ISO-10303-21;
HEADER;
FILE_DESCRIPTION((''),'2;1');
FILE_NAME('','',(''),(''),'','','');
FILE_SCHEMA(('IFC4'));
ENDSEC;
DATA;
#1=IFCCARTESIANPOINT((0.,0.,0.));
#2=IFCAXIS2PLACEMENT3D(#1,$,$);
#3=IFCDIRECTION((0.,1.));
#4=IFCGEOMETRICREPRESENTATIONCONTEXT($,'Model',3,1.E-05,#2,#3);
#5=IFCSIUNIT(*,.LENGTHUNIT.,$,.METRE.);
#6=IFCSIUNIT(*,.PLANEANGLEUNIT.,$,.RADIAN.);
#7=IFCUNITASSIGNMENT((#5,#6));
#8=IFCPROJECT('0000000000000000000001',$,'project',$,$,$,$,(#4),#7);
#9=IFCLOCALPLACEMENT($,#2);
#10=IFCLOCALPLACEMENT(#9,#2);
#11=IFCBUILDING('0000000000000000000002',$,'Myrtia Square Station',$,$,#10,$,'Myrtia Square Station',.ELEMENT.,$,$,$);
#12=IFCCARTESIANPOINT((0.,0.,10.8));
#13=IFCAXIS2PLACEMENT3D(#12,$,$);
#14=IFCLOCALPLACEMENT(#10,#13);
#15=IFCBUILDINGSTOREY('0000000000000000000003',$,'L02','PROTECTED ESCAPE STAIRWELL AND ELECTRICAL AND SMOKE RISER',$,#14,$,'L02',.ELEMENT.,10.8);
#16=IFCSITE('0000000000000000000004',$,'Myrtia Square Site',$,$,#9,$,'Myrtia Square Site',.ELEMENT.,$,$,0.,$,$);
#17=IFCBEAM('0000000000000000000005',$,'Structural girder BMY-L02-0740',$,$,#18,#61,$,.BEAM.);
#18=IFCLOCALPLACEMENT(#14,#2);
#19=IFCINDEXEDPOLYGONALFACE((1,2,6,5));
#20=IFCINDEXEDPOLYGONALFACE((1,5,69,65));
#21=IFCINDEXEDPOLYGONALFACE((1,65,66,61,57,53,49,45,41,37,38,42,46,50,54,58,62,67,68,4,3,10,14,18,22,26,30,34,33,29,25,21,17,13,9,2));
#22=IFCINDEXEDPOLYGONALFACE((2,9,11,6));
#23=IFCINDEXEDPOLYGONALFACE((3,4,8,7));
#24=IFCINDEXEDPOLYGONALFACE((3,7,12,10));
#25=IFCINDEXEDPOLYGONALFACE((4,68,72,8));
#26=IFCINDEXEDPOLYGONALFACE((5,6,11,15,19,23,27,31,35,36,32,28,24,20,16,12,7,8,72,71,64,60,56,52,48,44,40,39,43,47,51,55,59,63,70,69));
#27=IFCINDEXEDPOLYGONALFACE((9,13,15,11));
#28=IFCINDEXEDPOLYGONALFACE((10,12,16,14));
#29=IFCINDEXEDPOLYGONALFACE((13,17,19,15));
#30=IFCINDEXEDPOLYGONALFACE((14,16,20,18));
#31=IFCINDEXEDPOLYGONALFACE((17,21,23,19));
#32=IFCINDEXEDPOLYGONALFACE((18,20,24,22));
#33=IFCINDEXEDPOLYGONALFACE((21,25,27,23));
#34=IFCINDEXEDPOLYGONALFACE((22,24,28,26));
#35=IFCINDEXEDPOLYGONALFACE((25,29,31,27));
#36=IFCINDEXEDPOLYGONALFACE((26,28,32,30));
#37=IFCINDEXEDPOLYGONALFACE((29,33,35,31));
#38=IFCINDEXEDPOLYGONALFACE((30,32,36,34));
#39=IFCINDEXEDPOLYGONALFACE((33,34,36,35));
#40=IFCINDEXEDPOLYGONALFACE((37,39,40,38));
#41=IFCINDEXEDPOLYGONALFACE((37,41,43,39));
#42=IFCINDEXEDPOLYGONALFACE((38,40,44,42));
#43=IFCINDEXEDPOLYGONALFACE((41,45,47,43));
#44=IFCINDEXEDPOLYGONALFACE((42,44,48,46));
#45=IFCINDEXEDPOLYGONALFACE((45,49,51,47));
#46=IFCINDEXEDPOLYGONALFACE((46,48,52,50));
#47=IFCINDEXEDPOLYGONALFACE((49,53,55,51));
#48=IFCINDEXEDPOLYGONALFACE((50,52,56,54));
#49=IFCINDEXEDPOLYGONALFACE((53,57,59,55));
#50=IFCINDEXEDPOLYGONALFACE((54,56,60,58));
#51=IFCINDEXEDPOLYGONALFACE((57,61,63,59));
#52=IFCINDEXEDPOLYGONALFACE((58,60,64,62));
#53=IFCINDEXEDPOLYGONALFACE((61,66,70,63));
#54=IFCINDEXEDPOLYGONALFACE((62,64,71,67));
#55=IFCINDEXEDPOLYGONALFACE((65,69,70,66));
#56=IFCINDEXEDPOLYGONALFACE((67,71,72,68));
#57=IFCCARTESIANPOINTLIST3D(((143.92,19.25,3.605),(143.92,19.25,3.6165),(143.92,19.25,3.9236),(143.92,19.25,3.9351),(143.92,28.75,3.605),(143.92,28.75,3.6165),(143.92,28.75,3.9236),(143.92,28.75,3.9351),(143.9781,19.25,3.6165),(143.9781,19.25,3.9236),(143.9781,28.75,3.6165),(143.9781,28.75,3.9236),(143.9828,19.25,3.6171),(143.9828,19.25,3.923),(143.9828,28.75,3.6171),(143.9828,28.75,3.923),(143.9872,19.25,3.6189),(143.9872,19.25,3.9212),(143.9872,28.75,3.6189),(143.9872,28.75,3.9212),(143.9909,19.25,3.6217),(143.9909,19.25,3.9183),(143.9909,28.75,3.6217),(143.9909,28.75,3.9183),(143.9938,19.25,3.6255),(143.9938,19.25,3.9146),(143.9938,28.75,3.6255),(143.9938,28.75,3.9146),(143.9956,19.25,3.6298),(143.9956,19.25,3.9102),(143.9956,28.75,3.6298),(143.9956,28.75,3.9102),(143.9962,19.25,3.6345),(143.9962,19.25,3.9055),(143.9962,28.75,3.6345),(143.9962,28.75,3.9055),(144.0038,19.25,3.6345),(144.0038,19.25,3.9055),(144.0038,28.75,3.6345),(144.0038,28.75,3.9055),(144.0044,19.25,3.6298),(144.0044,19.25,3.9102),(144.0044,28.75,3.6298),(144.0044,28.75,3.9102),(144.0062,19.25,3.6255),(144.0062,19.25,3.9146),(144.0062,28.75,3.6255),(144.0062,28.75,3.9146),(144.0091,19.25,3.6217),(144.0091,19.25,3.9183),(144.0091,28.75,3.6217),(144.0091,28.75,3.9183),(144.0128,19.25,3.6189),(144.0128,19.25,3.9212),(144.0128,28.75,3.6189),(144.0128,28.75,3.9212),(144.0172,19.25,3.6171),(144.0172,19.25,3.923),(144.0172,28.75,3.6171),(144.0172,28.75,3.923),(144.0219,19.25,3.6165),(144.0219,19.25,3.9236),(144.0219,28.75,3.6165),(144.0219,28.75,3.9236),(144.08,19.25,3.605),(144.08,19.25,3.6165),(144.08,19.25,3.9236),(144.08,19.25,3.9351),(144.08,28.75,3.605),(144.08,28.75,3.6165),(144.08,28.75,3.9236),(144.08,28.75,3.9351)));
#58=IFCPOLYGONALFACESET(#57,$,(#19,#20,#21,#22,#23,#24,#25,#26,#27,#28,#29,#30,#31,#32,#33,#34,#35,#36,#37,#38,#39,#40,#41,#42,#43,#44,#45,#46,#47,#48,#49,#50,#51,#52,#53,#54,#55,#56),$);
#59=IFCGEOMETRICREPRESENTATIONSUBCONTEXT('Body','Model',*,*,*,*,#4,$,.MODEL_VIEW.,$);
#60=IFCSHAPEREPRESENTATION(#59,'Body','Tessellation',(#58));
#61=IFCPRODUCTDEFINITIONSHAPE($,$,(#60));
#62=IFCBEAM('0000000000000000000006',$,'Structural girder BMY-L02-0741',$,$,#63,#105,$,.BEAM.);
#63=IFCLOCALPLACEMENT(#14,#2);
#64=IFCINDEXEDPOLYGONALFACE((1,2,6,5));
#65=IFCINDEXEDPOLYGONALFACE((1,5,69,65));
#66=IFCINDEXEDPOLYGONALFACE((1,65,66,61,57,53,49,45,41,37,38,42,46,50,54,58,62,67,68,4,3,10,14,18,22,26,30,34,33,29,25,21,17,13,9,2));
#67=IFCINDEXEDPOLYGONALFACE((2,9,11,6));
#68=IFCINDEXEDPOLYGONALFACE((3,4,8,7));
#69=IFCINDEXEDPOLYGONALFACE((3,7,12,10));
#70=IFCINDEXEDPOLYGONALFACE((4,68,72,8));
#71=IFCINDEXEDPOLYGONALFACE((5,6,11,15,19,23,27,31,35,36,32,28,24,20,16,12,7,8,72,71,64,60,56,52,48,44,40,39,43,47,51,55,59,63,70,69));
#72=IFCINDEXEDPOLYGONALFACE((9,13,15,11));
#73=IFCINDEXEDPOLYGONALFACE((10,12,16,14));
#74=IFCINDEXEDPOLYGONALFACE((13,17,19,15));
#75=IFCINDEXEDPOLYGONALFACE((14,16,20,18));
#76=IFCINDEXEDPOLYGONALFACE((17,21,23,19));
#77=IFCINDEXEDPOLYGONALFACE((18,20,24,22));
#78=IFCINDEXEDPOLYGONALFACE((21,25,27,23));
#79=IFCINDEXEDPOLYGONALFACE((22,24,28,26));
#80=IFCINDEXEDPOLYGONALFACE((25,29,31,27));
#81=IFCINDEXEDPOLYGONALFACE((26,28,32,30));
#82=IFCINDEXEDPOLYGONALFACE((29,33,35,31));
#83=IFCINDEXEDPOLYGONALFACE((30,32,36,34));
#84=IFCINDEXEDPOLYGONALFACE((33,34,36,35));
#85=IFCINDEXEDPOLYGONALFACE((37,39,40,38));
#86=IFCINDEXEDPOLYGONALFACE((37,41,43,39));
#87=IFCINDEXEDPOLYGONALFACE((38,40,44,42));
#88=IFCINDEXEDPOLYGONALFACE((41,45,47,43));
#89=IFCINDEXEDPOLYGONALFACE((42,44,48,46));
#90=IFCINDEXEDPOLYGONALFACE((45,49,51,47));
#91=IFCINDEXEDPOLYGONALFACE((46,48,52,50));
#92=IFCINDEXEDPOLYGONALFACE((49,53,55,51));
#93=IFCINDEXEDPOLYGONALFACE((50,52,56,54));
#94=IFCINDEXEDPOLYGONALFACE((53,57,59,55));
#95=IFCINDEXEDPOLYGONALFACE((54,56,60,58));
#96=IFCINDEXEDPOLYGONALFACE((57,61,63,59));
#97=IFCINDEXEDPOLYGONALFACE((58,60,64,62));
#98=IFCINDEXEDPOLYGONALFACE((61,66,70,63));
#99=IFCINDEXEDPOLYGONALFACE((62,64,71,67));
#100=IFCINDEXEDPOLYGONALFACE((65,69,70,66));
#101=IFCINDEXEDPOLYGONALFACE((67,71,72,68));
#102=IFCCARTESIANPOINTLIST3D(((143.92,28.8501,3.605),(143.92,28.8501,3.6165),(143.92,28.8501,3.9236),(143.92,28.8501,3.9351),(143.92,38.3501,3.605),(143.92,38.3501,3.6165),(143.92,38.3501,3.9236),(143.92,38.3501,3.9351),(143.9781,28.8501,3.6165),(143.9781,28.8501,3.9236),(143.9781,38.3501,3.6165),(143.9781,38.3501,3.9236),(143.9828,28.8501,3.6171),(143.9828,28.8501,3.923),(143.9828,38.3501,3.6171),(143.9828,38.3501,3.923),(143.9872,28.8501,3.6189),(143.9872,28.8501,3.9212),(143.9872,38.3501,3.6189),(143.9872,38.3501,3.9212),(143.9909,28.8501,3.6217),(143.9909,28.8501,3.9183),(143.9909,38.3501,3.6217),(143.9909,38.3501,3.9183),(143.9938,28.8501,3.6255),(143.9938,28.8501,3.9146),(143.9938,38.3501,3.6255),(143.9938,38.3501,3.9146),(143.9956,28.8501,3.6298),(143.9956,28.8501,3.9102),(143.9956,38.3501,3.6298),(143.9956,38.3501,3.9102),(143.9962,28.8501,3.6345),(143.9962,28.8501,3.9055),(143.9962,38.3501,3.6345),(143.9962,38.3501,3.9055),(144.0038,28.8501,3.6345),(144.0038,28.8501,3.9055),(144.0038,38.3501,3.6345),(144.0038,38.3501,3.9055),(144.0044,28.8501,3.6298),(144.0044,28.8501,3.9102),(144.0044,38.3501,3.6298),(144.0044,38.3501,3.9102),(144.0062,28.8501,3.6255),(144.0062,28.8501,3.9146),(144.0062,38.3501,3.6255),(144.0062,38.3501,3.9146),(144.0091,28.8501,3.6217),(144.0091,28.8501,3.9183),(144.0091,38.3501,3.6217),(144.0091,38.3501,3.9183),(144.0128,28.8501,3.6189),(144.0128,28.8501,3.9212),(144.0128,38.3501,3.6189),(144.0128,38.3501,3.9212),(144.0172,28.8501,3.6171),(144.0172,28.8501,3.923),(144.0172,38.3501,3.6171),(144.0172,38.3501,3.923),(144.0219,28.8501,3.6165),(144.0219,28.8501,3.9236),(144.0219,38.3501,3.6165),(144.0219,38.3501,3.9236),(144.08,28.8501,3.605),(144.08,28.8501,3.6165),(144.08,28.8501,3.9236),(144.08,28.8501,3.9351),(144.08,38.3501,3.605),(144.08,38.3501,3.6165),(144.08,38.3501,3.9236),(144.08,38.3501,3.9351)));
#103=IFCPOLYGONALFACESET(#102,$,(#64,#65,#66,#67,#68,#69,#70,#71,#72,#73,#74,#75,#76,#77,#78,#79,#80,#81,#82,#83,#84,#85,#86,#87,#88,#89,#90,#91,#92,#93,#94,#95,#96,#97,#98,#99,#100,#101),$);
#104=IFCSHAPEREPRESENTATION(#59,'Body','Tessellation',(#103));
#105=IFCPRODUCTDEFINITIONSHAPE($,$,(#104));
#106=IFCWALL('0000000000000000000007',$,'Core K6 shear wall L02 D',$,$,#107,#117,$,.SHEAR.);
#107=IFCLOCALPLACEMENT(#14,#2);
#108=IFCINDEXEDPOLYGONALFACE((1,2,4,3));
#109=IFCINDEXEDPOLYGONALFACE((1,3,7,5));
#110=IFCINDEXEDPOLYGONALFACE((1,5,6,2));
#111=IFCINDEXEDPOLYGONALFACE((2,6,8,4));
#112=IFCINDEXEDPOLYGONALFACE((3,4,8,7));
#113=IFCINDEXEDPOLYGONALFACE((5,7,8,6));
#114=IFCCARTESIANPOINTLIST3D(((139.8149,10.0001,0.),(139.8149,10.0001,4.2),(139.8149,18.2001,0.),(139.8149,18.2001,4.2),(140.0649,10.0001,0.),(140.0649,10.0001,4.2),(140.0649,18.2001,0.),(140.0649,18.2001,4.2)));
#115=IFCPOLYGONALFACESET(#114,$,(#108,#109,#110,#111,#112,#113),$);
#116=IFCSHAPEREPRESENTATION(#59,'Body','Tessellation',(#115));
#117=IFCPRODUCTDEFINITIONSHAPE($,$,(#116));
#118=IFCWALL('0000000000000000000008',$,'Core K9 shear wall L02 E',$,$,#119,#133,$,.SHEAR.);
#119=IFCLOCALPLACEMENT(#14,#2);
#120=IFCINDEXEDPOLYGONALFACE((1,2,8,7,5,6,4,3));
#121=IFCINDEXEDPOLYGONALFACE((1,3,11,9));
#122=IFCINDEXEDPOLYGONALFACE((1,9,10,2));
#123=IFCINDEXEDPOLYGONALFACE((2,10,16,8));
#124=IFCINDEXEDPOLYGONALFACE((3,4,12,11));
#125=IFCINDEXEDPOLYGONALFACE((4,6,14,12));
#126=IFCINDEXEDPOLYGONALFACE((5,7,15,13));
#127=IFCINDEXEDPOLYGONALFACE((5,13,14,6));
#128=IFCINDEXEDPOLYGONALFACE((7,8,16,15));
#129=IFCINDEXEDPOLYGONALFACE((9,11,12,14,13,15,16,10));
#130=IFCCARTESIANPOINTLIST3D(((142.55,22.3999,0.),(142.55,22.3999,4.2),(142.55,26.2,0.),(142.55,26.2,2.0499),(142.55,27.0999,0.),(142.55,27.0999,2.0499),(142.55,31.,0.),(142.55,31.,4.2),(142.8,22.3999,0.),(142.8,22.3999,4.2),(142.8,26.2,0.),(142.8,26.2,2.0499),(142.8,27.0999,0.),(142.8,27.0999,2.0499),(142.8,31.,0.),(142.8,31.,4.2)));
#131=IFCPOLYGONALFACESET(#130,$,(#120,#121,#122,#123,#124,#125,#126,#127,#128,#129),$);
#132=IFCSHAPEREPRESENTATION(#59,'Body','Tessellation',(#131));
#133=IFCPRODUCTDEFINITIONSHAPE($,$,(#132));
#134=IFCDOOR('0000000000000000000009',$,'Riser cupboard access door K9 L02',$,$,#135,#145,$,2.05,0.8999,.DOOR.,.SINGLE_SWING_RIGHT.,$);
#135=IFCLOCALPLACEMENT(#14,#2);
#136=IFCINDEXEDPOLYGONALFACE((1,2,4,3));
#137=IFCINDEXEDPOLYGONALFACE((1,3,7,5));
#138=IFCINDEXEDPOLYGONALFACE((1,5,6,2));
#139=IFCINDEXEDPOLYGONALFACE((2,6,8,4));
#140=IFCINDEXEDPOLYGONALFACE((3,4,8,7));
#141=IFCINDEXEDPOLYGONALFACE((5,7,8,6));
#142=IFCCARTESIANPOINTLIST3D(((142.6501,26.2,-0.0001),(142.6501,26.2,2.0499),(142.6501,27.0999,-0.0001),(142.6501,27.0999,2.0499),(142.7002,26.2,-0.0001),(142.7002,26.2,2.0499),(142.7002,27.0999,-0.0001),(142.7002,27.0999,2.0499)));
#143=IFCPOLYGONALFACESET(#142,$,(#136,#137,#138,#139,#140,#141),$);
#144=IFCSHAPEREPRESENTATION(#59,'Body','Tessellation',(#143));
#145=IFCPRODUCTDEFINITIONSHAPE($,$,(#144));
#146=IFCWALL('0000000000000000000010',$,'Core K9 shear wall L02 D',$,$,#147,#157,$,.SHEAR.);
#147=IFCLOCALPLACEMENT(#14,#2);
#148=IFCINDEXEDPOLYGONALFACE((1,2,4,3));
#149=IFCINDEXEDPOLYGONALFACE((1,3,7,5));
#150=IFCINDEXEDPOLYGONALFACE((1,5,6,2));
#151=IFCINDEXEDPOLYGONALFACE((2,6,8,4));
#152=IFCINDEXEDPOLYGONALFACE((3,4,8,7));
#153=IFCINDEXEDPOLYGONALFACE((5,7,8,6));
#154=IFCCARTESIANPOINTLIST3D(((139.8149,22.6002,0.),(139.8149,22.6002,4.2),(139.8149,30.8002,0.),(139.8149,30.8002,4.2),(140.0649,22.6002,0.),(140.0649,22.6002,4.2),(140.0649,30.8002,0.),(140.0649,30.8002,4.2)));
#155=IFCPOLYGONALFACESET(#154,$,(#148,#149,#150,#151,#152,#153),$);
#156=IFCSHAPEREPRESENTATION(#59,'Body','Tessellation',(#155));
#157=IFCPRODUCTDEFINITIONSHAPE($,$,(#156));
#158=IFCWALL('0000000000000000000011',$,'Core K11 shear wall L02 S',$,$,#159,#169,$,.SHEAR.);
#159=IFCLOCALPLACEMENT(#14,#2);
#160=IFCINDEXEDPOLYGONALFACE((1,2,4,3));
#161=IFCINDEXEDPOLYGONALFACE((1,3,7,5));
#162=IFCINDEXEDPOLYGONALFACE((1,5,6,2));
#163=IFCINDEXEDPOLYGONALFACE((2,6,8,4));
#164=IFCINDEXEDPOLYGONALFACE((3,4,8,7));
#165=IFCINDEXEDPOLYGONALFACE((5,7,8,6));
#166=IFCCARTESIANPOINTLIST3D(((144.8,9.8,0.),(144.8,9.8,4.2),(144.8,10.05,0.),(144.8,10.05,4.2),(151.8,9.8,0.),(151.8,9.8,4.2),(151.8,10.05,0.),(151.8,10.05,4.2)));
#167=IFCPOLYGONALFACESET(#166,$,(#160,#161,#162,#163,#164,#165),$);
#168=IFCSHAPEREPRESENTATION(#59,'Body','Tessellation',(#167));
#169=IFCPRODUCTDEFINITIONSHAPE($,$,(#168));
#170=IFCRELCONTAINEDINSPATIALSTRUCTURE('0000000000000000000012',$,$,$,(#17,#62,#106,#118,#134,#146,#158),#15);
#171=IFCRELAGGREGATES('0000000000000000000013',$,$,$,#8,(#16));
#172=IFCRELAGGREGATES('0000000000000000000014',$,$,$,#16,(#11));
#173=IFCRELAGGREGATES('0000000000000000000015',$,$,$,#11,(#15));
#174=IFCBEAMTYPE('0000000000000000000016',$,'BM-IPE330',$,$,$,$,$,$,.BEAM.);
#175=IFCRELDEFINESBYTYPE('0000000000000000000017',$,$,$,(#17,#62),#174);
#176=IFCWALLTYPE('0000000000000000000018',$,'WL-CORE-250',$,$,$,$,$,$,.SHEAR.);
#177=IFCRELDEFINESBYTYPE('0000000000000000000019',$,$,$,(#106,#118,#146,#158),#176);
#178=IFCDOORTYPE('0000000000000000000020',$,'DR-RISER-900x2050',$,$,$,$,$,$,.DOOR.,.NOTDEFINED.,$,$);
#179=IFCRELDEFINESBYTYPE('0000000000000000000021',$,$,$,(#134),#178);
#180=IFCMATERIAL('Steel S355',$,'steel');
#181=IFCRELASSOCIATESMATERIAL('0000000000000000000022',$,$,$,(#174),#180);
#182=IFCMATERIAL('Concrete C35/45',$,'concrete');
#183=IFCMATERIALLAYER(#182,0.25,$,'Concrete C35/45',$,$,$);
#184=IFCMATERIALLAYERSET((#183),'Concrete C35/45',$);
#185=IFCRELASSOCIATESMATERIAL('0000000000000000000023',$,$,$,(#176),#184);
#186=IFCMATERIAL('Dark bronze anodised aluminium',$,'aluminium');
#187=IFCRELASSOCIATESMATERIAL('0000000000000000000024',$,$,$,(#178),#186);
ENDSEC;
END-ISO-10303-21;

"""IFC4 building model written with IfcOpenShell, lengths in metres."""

from ifc_helpers import new_model, si_unit, direction, frame, frame_2d, origin, origin_2d, place, context, subcontext, project, spatial, rectangle, i_section, extrude, material, layer, layer_set, material_profile, profile_set, type_object, element, fill, save


model = new_model("IFC4")

# Units and contexts
model_context = context("Model", 3, precision=1e-05, world=origin(), true_north=direction((0.0, 1.0)))
body_context = subcontext(model_context, "Body", "Model", "MODEL_VIEW")
ifc_project = project(units=[si_unit("LENGTHUNIT", "METRE"), si_unit("PLANEANGLEUNIT", "RADIAN")], contexts=[model_context])

# Site, building, storey
site_placement = place(None, origin())
site = spatial("IfcSite", under=ifc_project, at=site_placement, Name="Myrtia Square Site", LongName="Myrtia Square Site", CompositionType="ELEMENT", RefElevation=0.0)
building_placement = place(site_placement, origin())
building = spatial("IfcBuilding", under=site, at=building_placement, Name="Myrtia Square Station", LongName="Myrtia Square Station", CompositionType="ELEMENT")
storey_placement = place(building_placement, frame((0.0, 0.0, 10.8)))
storey = spatial("IfcBuildingStorey", under=building, at=storey_placement, Name="L02", Description="PROTECTED ESCAPE STAIRWELL AND ELECTRICAL AND SMOKE RISER", LongName="L02", CompositionType="ELEMENT", Elevation=10.8)

# Shared definitions
ifc_material_1 = material(Name="Steel S355", Category="steel")

# Beams
ifc_material_profile_1 = material_profile(ifc_material_1, i_section(OverallWidth=0.1599, OverallDepth=0.3301, WebThickness=0.0076, FlangeThickness=0.0115, FilletRadius=0.0181, at=origin_2d()), Name="IPE 330")
ifc_profile_set_1 = profile_set([ifc_material_profile_1], Name="Steel S355")
beam_type_1 = type_object("IfcBeamType", Name="BM-IPE330", PredefinedType="BEAM", material=ifc_profile_set_1)
for number, where, z_axis, x_axis, name in (
    (1, (144.0, 19.25, 3.77), (0.0, 1.0, 0.0), (-1.0, 0.0, 0.0), "Structural girder BMY-L02-0740"),
    (2, (144.0, 28.8501, 3.77), (0.0, 1.0, 0.0), (-1.0, 0.0, 0.0), "Structural girder BMY-L02-0741"),
):
    element("IfcBeam", number, at=place(storey_placement, frame(where, z_axis=z_axis, x_axis=x_axis)), inside=storey, type_object=beam_type_1, Name=name, PredefinedType="BEAM", context=body_context, shape_type="SweptSolid", body=[
        extrude(i_section(OverallWidth=0.1599, OverallDepth=0.3301, WebThickness=0.0076, FlangeThickness=0.0115, FilletRadius=0.0181, at=origin_2d()), origin(), (0.0, 0.0, 1.0), 9.5),
    ])

# Wall
ifc_material_2 = material(Name="Concrete C35/45", Category="concrete")
ifc_layer_1 = layer(ifc_material_2, 0.25, Name="Concrete C35/45")
ifc_layer_set_1 = layer_set([ifc_layer_1], Name="Concrete C35/45")
wall_type_1 = type_object("IfcWallType", Name="WL-CORE-250", PredefinedType="SHEAR", material=ifc_layer_set_1)
wall_1_placement = place(storey_placement, frame((139.9399, 10.0, 0.0), z_axis=(0.0, 0.0, 1.0), x_axis=(0.0, 1.0, 0.0)))
element("IfcWall", 3, at=wall_1_placement, inside=storey, type_object=wall_type_1, Name="Core K6 shear wall L02 D", PredefinedType="SHEAR", context=body_context, shape_type="SweptSolid", body=[
    extrude(rectangle(XDim=8.2, YDim=0.25, at=frame_2d((4.1001, 0.0))), origin(), (0.0, 0.0, 1.0), 4.2),
])

# Wall, opening, door
wall_2_placement = place(storey_placement, frame((142.675, 22.3999, 0.0), z_axis=(0.0, 0.0, 1.0), x_axis=(0.0, 1.0, 0.0)))
wall_2 = element("IfcWall", 4, at=wall_2_placement, inside=storey, type_object=wall_type_1, Name="Core K9 shear wall L02 E", PredefinedType="SHEAR", context=body_context, shape_type="SweptSolid", body=[
    extrude(rectangle(XDim=8.6001, YDim=0.25, at=frame_2d((4.3, 0.0))), origin(), (0.0, 0.0, 1.0), 4.2),
])
opening_1_placement = place(wall_2_placement, frame((3.8, 0.0, 0.0)))
opening_1 = element("IfcOpeningElement", 5, at=opening_1_placement, cuts=wall_2, PredefinedType="OPENING", context=body_context, shape_type="SweptSolid", body=[
    extrude(rectangle(XDim=0.8999, YDim=2.05, at=frame_2d((0.45, 1.0249))), frame((0.0, 0.1399, 0.0), z_axis=(0.0, -1.0, 0.0), x_axis=(1.0, 0.0, 0.0)), (0.0, 0.0, 1.0), 0.28),
])
ifc_material_3 = material(Name="Dark bronze anodised aluminium", Category="aluminium")
door_type_1 = type_object("IfcDoorType", Name="DR-RISER-900x2050", OperationType="NOTDEFINED", PredefinedType="DOOR", material=ifc_material_3)
door_1_placement = place(opening_1_placement, origin())
door_1 = element("IfcDoor", 6, at=door_1_placement, inside=storey, type_object=door_type_1, Name="Riser cupboard access door K9 L02", OperationType="SINGLE_SWING_RIGHT", OverallHeight=2.05, OverallWidth=0.8999, PredefinedType="DOOR", context=body_context, shape_type="SweptSolid", body=[
    extrude(rectangle(XDim=0.8999, YDim=2.05, at=frame_2d((0.45, 1.0249))), frame((0.0, 0.0249, 0.0), z_axis=(0.0, -1.0, 0.0), x_axis=(1.0, 0.0, 0.0)), (0.0, 0.0, 1.0), 0.05),
])
fill(opening_1, door_1)

# Walls
wall_3_placement = place(storey_placement, frame((139.9399, 22.6001, 0.0), z_axis=(0.0, 0.0, 1.0), x_axis=(0.0, 1.0, 0.0)))
element("IfcWall", 7, at=wall_3_placement, inside=storey, type_object=wall_type_1, Name="Core K9 shear wall L02 D", PredefinedType="SHEAR", context=body_context, shape_type="SweptSolid", body=[
    extrude(rectangle(XDim=8.2, YDim=0.25, at=frame_2d((4.1001, 0.0))), origin(), (0.0, 0.0, 1.0), 4.2),
])
wall_4_placement = place(storey_placement, frame((144.8, 9.925, 0.0), z_axis=(0.0, 0.0, 1.0), x_axis=(1.0, 0.0, 0.0)))
element("IfcWall", 8, at=wall_4_placement, inside=storey, type_object=wall_type_1, Name="Core K11 shear wall L02 S", PredefinedType="SHEAR", context=body_context, shape_type="SweptSolid", body=[
    extrude(rectangle(XDim=7.0, YDim=0.25, at=frame_2d((3.5, 0.0))), origin(), (0.0, 0.0, 1.0), 4.2),
])

save(model, "model.ifc")
